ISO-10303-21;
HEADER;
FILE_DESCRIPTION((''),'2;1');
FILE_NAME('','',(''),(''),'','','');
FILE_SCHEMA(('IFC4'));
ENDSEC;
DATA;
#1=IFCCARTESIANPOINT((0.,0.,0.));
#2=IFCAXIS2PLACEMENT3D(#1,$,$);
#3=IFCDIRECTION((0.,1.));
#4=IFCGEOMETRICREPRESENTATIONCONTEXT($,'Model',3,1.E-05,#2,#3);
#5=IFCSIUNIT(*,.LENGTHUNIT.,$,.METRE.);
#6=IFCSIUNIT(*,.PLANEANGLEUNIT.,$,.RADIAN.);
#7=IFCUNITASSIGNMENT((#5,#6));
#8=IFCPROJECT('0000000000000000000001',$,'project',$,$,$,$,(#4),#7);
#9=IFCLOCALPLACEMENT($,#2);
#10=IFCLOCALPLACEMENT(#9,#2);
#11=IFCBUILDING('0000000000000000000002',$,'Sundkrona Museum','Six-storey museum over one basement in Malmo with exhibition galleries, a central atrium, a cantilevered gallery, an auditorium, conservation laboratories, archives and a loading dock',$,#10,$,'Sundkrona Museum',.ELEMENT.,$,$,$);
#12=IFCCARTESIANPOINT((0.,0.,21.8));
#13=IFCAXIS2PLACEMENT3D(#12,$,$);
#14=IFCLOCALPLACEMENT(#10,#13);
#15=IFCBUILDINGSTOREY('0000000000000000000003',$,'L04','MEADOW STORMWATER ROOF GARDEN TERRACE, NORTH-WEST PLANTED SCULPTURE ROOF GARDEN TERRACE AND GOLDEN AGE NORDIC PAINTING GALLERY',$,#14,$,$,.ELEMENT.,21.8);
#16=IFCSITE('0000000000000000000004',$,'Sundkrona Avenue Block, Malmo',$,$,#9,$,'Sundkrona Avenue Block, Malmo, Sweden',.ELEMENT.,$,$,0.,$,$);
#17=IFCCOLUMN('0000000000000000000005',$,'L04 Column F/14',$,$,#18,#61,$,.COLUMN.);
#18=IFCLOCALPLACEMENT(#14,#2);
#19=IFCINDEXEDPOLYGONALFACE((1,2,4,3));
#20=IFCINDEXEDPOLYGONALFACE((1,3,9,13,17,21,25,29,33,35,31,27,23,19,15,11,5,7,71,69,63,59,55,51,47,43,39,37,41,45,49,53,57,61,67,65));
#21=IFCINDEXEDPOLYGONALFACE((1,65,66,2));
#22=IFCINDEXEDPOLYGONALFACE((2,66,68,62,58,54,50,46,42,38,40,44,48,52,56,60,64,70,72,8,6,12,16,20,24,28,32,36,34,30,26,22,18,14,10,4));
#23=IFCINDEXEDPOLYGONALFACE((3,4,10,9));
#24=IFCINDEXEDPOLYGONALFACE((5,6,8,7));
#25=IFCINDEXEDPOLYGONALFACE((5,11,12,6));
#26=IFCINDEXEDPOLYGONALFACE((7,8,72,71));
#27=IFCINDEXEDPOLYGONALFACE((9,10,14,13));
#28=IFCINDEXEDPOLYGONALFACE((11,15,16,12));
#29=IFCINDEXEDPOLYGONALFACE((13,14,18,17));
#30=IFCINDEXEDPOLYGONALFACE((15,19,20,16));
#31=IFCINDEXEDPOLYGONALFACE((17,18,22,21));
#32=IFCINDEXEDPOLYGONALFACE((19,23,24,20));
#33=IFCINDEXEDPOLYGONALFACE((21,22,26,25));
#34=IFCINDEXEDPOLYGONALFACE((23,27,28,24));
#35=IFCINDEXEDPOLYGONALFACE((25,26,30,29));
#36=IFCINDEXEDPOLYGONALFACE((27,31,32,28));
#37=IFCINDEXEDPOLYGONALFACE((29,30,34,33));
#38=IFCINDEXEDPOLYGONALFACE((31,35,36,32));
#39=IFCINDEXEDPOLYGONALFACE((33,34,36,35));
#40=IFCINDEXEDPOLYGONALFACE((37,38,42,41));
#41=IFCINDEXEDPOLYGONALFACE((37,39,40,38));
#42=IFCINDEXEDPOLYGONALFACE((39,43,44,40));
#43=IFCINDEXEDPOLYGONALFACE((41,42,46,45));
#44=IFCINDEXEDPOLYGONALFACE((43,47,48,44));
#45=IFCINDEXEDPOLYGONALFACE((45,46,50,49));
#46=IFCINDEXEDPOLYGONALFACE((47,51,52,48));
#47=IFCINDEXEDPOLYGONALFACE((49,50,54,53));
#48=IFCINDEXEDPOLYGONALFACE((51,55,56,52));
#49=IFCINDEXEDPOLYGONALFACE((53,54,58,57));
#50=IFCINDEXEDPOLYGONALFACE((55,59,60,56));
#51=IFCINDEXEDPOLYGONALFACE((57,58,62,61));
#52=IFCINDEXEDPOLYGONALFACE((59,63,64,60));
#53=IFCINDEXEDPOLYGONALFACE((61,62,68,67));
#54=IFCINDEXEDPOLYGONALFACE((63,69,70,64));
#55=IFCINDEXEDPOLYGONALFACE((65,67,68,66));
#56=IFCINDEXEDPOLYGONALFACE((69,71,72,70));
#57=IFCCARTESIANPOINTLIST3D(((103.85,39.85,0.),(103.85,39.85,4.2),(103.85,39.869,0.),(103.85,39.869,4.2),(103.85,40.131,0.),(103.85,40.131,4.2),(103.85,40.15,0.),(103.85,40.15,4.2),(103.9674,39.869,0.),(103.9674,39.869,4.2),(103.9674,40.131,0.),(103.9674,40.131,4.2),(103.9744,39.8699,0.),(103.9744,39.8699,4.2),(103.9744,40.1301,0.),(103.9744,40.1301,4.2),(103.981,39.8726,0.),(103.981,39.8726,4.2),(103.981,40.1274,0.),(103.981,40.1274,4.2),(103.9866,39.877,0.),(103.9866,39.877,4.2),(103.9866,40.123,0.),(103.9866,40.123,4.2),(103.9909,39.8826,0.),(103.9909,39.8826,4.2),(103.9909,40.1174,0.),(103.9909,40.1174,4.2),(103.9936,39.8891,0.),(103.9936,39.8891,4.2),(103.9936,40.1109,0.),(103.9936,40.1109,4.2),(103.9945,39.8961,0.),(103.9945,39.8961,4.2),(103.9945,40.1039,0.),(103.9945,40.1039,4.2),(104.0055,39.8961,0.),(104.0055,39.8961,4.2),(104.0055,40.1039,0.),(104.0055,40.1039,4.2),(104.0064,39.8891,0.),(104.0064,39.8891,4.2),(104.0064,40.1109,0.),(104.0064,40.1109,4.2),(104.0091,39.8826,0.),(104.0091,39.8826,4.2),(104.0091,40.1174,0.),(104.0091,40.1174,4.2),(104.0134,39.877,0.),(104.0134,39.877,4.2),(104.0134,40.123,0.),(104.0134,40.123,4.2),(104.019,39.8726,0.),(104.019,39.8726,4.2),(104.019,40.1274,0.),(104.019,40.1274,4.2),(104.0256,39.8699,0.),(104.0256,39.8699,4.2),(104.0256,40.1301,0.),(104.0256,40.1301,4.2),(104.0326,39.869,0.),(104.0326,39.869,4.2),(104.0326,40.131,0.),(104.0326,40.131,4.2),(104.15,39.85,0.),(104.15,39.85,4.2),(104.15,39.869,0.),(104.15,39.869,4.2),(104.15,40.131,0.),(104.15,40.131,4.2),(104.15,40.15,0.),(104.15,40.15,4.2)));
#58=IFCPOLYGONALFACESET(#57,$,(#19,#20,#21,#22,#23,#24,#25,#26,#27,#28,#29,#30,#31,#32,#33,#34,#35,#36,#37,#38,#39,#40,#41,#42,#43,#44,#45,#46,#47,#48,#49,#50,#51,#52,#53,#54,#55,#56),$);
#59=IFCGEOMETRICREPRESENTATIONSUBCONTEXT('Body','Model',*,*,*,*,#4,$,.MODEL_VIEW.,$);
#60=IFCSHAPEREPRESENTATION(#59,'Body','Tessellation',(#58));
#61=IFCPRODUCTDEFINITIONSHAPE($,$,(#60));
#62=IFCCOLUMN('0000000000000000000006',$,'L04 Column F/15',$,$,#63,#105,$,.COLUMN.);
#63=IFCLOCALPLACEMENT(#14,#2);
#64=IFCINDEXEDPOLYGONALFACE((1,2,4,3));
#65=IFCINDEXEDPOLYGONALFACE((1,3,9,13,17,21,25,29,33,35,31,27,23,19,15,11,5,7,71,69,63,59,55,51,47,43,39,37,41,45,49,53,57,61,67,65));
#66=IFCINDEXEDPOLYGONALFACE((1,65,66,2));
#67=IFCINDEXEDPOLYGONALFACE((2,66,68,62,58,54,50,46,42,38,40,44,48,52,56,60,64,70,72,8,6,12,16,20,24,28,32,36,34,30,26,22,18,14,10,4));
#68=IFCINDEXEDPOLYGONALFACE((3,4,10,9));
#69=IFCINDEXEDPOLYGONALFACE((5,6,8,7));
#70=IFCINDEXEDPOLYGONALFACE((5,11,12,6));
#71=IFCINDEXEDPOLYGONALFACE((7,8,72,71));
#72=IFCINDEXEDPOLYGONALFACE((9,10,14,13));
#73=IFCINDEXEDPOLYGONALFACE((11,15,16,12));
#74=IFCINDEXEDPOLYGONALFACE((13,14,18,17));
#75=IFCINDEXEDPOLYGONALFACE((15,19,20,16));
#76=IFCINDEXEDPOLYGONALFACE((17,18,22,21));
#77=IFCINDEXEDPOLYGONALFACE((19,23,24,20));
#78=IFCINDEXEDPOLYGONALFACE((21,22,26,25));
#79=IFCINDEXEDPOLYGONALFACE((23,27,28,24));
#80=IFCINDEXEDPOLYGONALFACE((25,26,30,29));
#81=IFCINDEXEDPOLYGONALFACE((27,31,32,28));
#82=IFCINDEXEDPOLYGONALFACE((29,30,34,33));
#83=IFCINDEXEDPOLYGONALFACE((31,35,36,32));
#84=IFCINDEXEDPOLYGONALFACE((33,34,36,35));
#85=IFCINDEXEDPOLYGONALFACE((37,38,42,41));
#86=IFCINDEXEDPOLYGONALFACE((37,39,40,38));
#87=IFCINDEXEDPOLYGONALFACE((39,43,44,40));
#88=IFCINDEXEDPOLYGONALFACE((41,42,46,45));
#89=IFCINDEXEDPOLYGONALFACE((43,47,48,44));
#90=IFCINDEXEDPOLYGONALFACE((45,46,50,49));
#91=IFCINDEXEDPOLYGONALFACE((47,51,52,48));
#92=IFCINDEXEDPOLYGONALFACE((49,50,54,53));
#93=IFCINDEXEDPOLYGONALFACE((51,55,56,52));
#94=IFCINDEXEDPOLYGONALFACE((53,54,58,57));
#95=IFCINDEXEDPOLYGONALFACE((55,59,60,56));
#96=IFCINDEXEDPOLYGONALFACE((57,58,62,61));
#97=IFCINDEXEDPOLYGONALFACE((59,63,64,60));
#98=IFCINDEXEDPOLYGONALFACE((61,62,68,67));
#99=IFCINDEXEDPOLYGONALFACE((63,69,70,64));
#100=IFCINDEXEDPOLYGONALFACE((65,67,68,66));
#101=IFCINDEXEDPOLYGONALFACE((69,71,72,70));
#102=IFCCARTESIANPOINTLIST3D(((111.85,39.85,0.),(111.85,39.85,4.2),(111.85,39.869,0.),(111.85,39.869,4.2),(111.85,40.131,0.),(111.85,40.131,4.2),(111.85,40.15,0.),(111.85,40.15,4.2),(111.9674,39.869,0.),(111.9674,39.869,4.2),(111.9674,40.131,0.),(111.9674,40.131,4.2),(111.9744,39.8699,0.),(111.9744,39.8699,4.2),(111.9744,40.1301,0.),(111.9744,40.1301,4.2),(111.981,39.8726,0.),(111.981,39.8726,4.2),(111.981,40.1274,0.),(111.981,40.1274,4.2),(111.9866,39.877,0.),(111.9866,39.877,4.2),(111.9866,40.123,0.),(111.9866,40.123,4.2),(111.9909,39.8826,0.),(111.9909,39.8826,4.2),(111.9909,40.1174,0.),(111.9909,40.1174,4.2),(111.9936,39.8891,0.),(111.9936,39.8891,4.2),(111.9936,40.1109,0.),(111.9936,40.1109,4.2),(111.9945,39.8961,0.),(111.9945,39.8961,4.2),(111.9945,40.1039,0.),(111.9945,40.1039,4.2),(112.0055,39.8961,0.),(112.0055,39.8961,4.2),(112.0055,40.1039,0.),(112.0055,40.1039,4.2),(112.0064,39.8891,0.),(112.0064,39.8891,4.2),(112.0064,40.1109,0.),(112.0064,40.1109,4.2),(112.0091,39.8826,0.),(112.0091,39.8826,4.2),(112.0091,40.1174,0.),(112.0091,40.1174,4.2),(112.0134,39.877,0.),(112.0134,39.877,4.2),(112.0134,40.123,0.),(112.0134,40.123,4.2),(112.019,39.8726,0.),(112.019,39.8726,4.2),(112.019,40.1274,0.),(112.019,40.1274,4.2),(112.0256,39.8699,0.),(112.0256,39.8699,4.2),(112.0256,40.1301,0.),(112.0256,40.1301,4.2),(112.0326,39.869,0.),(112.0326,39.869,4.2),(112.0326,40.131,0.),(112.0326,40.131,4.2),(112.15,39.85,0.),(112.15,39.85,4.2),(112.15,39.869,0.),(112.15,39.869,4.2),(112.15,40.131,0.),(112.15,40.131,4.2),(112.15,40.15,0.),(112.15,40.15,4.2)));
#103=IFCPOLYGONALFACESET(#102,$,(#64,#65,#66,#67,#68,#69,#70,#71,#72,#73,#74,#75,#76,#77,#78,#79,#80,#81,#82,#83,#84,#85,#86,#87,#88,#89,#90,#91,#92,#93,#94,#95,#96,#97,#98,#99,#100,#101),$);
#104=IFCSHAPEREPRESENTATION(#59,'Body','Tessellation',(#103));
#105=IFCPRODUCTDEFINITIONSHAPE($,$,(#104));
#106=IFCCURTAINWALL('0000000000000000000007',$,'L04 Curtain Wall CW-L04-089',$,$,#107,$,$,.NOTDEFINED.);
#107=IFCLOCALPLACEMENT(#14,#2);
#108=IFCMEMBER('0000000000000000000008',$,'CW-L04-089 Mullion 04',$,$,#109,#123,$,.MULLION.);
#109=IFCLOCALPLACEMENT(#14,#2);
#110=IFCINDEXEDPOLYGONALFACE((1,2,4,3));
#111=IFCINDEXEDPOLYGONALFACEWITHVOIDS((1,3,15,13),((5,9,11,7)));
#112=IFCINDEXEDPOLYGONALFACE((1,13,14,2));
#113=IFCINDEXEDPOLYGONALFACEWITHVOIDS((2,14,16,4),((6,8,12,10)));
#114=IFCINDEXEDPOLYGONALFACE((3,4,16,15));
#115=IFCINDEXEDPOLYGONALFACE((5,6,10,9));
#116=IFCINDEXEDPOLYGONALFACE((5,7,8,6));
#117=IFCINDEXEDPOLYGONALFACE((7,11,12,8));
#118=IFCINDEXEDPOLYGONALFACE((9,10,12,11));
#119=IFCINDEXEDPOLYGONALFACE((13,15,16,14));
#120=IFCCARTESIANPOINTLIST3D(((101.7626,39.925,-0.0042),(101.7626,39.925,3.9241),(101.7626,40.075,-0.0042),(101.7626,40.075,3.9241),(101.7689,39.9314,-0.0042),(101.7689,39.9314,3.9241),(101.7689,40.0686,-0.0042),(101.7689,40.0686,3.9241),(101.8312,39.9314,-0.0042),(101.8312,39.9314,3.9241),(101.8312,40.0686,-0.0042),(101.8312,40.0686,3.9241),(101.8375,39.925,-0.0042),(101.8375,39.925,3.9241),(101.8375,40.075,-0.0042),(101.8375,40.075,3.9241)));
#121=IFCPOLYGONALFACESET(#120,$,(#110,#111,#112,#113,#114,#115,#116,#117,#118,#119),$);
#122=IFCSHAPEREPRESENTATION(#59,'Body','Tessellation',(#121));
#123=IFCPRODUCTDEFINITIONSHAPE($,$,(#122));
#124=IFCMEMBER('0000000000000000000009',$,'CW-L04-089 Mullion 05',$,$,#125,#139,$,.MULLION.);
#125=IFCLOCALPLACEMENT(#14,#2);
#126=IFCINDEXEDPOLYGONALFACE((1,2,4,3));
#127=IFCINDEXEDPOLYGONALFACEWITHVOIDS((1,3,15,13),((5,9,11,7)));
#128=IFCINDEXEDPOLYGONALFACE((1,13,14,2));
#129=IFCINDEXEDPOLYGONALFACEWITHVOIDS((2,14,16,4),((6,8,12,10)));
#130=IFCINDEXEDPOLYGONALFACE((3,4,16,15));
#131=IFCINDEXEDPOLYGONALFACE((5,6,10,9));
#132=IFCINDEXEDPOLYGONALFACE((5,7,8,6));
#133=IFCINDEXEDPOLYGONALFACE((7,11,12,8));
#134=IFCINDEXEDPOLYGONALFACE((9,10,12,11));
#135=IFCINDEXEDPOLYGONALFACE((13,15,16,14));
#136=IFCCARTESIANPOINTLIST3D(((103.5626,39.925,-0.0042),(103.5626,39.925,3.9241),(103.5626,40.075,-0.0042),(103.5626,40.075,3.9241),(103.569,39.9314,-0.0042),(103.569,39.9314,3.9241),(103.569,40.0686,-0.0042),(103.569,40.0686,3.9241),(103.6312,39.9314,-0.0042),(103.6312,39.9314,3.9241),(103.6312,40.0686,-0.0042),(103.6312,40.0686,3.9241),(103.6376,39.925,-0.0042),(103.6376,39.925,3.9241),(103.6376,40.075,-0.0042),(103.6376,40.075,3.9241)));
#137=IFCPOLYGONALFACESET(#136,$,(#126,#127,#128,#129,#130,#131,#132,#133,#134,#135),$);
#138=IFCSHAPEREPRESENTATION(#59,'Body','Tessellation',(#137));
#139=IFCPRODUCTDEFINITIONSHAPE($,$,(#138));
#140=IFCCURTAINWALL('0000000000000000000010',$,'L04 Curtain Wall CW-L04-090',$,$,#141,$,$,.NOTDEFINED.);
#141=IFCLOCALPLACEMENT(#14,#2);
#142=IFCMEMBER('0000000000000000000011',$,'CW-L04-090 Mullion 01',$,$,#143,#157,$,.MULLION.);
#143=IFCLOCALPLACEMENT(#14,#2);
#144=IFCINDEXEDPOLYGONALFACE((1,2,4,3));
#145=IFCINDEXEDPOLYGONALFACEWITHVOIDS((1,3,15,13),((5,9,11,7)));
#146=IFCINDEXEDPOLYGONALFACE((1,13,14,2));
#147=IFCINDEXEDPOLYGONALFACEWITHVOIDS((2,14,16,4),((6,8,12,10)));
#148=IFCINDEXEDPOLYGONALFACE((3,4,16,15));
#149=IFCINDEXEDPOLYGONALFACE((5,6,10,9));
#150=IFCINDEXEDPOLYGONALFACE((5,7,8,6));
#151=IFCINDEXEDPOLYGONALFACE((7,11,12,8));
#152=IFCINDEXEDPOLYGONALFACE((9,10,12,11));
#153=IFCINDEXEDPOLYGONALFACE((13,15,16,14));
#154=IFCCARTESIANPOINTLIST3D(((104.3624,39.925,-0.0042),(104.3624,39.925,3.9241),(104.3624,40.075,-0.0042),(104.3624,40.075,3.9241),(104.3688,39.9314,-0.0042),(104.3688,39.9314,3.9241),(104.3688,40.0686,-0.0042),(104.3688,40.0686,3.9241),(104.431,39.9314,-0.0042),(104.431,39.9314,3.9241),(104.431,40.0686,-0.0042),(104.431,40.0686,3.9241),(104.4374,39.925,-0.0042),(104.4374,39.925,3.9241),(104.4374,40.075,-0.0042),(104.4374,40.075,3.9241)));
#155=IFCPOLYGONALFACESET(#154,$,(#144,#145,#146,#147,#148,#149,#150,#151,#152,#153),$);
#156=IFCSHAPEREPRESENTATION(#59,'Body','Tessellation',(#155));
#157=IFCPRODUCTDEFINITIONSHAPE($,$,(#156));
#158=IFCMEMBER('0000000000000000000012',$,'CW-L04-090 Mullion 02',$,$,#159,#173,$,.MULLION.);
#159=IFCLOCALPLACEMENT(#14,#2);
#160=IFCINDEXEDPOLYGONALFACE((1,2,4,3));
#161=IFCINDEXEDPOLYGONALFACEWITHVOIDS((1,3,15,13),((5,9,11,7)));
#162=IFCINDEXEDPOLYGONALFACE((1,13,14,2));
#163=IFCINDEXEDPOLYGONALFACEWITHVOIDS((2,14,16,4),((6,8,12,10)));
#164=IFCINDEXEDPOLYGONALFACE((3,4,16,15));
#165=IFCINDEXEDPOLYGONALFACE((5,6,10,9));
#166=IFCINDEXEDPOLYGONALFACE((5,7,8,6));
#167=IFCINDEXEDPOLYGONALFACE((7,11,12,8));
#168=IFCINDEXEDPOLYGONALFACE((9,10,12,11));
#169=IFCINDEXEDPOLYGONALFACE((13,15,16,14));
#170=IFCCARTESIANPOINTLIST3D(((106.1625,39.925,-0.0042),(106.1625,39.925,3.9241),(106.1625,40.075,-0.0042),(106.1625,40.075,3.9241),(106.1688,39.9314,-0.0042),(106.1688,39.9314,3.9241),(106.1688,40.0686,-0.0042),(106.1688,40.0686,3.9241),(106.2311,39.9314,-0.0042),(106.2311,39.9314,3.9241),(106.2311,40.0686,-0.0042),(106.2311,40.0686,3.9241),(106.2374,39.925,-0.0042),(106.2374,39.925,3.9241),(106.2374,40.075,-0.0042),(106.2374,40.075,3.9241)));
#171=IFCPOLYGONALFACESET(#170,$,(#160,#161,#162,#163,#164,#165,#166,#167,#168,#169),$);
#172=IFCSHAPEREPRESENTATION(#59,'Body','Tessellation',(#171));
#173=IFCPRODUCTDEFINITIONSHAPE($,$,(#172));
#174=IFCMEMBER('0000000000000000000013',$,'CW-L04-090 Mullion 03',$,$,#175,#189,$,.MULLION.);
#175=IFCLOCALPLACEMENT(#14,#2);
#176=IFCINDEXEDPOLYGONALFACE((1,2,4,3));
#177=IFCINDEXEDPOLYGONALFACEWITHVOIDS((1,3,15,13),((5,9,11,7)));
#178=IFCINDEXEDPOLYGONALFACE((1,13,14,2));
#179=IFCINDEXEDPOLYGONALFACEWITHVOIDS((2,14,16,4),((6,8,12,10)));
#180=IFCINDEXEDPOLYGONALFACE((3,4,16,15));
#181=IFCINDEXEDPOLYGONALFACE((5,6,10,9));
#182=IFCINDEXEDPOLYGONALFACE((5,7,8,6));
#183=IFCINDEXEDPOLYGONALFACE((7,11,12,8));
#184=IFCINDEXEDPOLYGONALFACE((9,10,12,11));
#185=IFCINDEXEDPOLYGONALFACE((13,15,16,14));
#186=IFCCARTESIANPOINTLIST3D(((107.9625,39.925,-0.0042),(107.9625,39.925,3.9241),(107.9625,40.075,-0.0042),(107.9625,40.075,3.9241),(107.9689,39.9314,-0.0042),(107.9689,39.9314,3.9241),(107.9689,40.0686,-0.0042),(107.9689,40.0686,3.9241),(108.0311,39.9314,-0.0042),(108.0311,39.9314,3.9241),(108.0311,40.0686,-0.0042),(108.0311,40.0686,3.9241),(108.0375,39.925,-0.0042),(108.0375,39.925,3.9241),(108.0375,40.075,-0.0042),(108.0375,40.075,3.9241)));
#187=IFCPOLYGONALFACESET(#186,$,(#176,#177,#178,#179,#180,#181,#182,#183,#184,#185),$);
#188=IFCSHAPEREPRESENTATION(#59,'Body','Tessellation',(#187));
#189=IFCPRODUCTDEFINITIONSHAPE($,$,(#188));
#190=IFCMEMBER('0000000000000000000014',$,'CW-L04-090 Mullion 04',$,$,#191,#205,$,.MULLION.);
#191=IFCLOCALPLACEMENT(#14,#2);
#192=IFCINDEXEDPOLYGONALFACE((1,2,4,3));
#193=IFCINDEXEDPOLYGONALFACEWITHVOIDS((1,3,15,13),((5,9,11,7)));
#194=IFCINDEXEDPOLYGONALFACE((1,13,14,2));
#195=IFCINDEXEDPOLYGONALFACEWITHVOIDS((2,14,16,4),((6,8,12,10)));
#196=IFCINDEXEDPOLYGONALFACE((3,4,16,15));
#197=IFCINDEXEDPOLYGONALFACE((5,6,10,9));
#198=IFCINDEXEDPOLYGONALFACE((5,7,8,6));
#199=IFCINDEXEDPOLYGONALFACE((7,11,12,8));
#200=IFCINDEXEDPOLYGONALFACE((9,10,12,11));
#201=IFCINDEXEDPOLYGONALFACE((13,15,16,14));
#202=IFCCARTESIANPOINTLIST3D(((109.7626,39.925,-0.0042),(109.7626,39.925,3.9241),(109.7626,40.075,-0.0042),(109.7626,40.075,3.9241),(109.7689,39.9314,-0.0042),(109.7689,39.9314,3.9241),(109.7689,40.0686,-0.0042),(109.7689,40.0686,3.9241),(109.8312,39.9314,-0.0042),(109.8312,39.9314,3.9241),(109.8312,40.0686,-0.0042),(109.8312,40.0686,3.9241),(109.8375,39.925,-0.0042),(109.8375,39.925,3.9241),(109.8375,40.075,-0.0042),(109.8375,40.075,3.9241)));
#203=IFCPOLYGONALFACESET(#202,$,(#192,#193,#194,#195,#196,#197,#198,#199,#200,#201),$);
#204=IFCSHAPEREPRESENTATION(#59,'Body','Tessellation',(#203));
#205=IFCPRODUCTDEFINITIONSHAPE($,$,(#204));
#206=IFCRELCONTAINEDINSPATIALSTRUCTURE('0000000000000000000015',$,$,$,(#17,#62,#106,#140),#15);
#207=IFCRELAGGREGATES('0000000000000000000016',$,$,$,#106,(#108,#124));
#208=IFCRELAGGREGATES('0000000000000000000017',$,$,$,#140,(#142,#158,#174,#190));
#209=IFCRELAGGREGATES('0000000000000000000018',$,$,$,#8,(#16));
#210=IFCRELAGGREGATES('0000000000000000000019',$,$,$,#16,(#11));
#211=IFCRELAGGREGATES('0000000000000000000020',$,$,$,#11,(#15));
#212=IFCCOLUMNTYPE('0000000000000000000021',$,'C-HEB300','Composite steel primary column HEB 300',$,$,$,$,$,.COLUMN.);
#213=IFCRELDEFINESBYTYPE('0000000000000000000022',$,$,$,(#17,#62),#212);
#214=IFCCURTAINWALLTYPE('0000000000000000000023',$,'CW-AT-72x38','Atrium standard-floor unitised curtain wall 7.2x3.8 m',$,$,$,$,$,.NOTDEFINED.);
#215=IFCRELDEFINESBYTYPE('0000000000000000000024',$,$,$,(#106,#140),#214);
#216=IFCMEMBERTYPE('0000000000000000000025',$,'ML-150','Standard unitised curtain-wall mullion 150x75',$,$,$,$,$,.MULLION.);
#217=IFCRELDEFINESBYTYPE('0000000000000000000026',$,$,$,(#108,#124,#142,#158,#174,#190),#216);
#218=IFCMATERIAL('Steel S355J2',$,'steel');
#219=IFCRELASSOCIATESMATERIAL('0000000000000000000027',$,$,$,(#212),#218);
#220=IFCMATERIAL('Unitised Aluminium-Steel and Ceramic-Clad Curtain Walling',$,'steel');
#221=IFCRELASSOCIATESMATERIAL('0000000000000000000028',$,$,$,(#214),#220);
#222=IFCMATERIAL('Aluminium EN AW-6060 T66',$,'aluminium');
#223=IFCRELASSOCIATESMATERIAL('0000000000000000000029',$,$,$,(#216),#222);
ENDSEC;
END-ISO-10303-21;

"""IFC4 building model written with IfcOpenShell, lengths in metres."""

from ifc_helpers import new_model, si_unit, direction, frame, origin, origin_2d, place, context, subcontext, project, spatial, hollow_rectangle, i_section, extrude, material, material_profile, profile_set, type_object, element, aggregate, save


model = new_model("IFC4")

# Units and contexts
model_context = context("Model", 3, precision=1e-05, world=origin(), true_north=direction((0.0, 1.0)))
body_context = subcontext(model_context, "Body", "Model", "MODEL_VIEW")
ifc_project = project(units=[si_unit("LENGTHUNIT", "METRE"), si_unit("PLANEANGLEUNIT", "RADIAN")], contexts=[model_context])

# Site, building, storey
site_placement = place(None, origin())
site = spatial("IfcSite", under=ifc_project, at=site_placement, Name="Sundkrona Avenue Block, Malmo", LongName="Sundkrona Avenue Block, Malmo, Sweden", CompositionType="ELEMENT", RefElevation=0.0)
building_placement = place(site_placement, origin())
building = spatial("IfcBuilding", under=site, at=building_placement, Name="Sundkrona Museum", Description="Six-storey museum over one basement in Malmo with exhibition galleries, a central atrium, a cantilevered gallery, an auditorium, conservation laboratories, archives and a loading dock", LongName="Sundkrona Museum", CompositionType="ELEMENT")
storey_placement = place(building_placement, frame((0.0, 0.0, 21.8)))
storey = spatial("IfcBuildingStorey", under=building, at=storey_placement, Name="L04", Description="MEADOW STORMWATER ROOF GARDEN TERRACE, NORTH-WEST PLANTED SCULPTURE ROOF GARDEN TERRACE AND GOLDEN AGE NORDIC PAINTING GALLERY", CompositionType="ELEMENT", Elevation=21.8)

# Columns
ifc_material_1 = material(Name="Steel S355J2", Category="steel")
ifc_material_profile_1 = material_profile(ifc_material_1, i_section(OverallWidth=0.3, OverallDepth=0.3, WebThickness=0.011, FlangeThickness=0.019, FilletRadius=0.0271, at=origin_2d()), Name="HEB 300")
ifc_profile_set_1 = profile_set([ifc_material_profile_1], Name="Steel S355J2")
column_type = type_object("IfcColumnType", Name="C-HEB300", Description="Composite steel primary column HEB 300", PredefinedType="COLUMN", material=ifc_profile_set_1)
for number, where, z_axis, x_axis, name in (
    (1, (104.0, 40.0, 0.0), (0.0, 0.0, 1.0), (1.0, 0.0, 0.0), "L04 Column F/14"),
    (2, (112.0, 40.0, 0.0), (0.0, 0.0, 1.0), (1.0, 0.0, 0.0), "L04 Column F/15"),
):
    element("IfcColumn", number, at=place(storey_placement, frame(where, z_axis=z_axis, x_axis=x_axis)), inside=storey, type_object=column_type, Name=name, PredefinedType="COLUMN", context=body_context, shape_type="SweptSolid", body=[
        extrude(i_section(OverallWidth=0.3, OverallDepth=0.3, WebThickness=0.011, FlangeThickness=0.019, FilletRadius=0.0271, at=origin_2d()), origin(), (0.0, 0.0, 1.0), 4.2),
    ])

# Curtain walls, members
ifc_material_2 = material(Name="Unitised Aluminium-Steel and Ceramic-Clad Curtain Walling", Category="steel")
curtain_wall_type = type_object("IfcCurtainWallType", Name="CW-AT-72x38", Description="Atrium standard-floor unitised curtain wall 7.2x3.8 m", PredefinedType="NOTDEFINED", material=ifc_material_2)
curtain_wall_1_placement = place(storey_placement, origin())
curtain_wall_1 = element("IfcCurtainWall", 3, at=curtain_wall_1_placement, inside=storey, type_object=curtain_wall_type, Name="L04 Curtain Wall CW-L04-089", PredefinedType="NOTDEFINED")
ifc_material_3 = material(Name="Aluminium EN AW-6060 T66", Category="aluminium")
ifc_material_profile_2 = material_profile(ifc_material_3, hollow_rectangle(XDim=0.075, YDim=0.1499, WallThickness=0.0063, at=origin_2d()), Name="RHS 150x75x6.3")
ifc_profile_set_2 = profile_set([ifc_material_profile_2], Name="Aluminium EN AW-6060 T66")
member_type_1 = type_object("IfcMemberType", Name="ML-150", Description="Standard unitised curtain-wall mullion 150x75", PredefinedType="MULLION", material=ifc_profile_set_2)
member_1_placement = place(storey_placement, frame((101.8, 40.0, -0.0042), z_axis=(0.0, 0.0, 1.0), x_axis=(1.0, 0.0, 0.0)))
member_1 = element("IfcMember", 4, at=member_1_placement, type_object=member_type_1, Name="CW-L04-089 Mullion 04", PredefinedType="MULLION", context=body_context, shape_type="SweptSolid", body=[
    extrude(hollow_rectangle(XDim=0.075, YDim=0.1499, WallThickness=0.0063, at=origin_2d()), origin(), (0.0, 0.0, 1.0), 3.9282),
])
member_2_placement = place(storey_placement, frame((103.6001, 40.0, -0.0042), z_axis=(0.0, 0.0, 1.0), x_axis=(1.0, 0.0, 0.0)))
member_2 = element("IfcMember", 5, at=member_2_placement, type_object=member_type_1, Name="CW-L04-089 Mullion 05", PredefinedType="MULLION", context=body_context, shape_type="SweptSolid", body=[
    extrude(hollow_rectangle(XDim=0.075, YDim=0.1499, WallThickness=0.0063, at=origin_2d()), origin(), (0.0, 0.0, 1.0), 3.9282),
])
curtain_wall_2_placement = place(storey_placement, origin())
curtain_wall_2 = element("IfcCurtainWall", 6, at=curtain_wall_2_placement, inside=storey, type_object=curtain_wall_type, Name="L04 Curtain Wall CW-L04-090", PredefinedType="NOTDEFINED")
member_3_placement = place(storey_placement, frame((104.3999, 40.0, -0.0042), z_axis=(0.0, 0.0, 1.0), x_axis=(1.0, 0.0, 0.0)))
member_3 = element("IfcMember", 7, at=member_3_placement, type_object=member_type_1, Name="CW-L04-090 Mullion 01", PredefinedType="MULLION", context=body_context, shape_type="SweptSolid", body=[
    extrude(hollow_rectangle(XDim=0.075, YDim=0.1499, WallThickness=0.0063, at=origin_2d()), origin(), (0.0, 0.0, 1.0), 3.9282),
])
member_4_placement = place(storey_placement, frame((106.2, 40.0, -0.0042), z_axis=(0.0, 0.0, 1.0), x_axis=(1.0, 0.0, 0.0)))
member_4 = element("IfcMember", 8, at=member_4_placement, type_object=member_type_1, Name="CW-L04-090 Mullion 02", PredefinedType="MULLION", context=body_context, shape_type="SweptSolid", body=[
    extrude(hollow_rectangle(XDim=0.075, YDim=0.1499, WallThickness=0.0063, at=origin_2d()), origin(), (0.0, 0.0, 1.0), 3.9282),
])
member_5_placement = place(storey_placement, frame((108.0, 40.0, -0.0042), z_axis=(0.0, 0.0, 1.0), x_axis=(1.0, 0.0, 0.0)))
member_5 = element("IfcMember", 9, at=member_5_placement, type_object=member_type_1, Name="CW-L04-090 Mullion 03", PredefinedType="MULLION", context=body_context, shape_type="SweptSolid", body=[
    extrude(hollow_rectangle(XDim=0.075, YDim=0.1499, WallThickness=0.0063, at=origin_2d()), origin(), (0.0, 0.0, 1.0), 3.9282),
])
member_6_placement = place(storey_placement, frame((109.8, 40.0, -0.0042), z_axis=(0.0, 0.0, 1.0), x_axis=(1.0, 0.0, 0.0)))
member_6 = element("IfcMember", 10, at=member_6_placement, type_object=member_type_1, Name="CW-L04-090 Mullion 04", PredefinedType="MULLION", context=body_context, shape_type="SweptSolid", body=[
    extrude(hollow_rectangle(XDim=0.075, YDim=0.1499, WallThickness=0.0063, at=origin_2d()), origin(), (0.0, 0.0, 1.0), 3.9282),
])

aggregate(curtain_wall_1, [member_1, member_2])
aggregate(curtain_wall_2, [member_3, member_4, member_5, member_6])

save(model, "model.ifc")
